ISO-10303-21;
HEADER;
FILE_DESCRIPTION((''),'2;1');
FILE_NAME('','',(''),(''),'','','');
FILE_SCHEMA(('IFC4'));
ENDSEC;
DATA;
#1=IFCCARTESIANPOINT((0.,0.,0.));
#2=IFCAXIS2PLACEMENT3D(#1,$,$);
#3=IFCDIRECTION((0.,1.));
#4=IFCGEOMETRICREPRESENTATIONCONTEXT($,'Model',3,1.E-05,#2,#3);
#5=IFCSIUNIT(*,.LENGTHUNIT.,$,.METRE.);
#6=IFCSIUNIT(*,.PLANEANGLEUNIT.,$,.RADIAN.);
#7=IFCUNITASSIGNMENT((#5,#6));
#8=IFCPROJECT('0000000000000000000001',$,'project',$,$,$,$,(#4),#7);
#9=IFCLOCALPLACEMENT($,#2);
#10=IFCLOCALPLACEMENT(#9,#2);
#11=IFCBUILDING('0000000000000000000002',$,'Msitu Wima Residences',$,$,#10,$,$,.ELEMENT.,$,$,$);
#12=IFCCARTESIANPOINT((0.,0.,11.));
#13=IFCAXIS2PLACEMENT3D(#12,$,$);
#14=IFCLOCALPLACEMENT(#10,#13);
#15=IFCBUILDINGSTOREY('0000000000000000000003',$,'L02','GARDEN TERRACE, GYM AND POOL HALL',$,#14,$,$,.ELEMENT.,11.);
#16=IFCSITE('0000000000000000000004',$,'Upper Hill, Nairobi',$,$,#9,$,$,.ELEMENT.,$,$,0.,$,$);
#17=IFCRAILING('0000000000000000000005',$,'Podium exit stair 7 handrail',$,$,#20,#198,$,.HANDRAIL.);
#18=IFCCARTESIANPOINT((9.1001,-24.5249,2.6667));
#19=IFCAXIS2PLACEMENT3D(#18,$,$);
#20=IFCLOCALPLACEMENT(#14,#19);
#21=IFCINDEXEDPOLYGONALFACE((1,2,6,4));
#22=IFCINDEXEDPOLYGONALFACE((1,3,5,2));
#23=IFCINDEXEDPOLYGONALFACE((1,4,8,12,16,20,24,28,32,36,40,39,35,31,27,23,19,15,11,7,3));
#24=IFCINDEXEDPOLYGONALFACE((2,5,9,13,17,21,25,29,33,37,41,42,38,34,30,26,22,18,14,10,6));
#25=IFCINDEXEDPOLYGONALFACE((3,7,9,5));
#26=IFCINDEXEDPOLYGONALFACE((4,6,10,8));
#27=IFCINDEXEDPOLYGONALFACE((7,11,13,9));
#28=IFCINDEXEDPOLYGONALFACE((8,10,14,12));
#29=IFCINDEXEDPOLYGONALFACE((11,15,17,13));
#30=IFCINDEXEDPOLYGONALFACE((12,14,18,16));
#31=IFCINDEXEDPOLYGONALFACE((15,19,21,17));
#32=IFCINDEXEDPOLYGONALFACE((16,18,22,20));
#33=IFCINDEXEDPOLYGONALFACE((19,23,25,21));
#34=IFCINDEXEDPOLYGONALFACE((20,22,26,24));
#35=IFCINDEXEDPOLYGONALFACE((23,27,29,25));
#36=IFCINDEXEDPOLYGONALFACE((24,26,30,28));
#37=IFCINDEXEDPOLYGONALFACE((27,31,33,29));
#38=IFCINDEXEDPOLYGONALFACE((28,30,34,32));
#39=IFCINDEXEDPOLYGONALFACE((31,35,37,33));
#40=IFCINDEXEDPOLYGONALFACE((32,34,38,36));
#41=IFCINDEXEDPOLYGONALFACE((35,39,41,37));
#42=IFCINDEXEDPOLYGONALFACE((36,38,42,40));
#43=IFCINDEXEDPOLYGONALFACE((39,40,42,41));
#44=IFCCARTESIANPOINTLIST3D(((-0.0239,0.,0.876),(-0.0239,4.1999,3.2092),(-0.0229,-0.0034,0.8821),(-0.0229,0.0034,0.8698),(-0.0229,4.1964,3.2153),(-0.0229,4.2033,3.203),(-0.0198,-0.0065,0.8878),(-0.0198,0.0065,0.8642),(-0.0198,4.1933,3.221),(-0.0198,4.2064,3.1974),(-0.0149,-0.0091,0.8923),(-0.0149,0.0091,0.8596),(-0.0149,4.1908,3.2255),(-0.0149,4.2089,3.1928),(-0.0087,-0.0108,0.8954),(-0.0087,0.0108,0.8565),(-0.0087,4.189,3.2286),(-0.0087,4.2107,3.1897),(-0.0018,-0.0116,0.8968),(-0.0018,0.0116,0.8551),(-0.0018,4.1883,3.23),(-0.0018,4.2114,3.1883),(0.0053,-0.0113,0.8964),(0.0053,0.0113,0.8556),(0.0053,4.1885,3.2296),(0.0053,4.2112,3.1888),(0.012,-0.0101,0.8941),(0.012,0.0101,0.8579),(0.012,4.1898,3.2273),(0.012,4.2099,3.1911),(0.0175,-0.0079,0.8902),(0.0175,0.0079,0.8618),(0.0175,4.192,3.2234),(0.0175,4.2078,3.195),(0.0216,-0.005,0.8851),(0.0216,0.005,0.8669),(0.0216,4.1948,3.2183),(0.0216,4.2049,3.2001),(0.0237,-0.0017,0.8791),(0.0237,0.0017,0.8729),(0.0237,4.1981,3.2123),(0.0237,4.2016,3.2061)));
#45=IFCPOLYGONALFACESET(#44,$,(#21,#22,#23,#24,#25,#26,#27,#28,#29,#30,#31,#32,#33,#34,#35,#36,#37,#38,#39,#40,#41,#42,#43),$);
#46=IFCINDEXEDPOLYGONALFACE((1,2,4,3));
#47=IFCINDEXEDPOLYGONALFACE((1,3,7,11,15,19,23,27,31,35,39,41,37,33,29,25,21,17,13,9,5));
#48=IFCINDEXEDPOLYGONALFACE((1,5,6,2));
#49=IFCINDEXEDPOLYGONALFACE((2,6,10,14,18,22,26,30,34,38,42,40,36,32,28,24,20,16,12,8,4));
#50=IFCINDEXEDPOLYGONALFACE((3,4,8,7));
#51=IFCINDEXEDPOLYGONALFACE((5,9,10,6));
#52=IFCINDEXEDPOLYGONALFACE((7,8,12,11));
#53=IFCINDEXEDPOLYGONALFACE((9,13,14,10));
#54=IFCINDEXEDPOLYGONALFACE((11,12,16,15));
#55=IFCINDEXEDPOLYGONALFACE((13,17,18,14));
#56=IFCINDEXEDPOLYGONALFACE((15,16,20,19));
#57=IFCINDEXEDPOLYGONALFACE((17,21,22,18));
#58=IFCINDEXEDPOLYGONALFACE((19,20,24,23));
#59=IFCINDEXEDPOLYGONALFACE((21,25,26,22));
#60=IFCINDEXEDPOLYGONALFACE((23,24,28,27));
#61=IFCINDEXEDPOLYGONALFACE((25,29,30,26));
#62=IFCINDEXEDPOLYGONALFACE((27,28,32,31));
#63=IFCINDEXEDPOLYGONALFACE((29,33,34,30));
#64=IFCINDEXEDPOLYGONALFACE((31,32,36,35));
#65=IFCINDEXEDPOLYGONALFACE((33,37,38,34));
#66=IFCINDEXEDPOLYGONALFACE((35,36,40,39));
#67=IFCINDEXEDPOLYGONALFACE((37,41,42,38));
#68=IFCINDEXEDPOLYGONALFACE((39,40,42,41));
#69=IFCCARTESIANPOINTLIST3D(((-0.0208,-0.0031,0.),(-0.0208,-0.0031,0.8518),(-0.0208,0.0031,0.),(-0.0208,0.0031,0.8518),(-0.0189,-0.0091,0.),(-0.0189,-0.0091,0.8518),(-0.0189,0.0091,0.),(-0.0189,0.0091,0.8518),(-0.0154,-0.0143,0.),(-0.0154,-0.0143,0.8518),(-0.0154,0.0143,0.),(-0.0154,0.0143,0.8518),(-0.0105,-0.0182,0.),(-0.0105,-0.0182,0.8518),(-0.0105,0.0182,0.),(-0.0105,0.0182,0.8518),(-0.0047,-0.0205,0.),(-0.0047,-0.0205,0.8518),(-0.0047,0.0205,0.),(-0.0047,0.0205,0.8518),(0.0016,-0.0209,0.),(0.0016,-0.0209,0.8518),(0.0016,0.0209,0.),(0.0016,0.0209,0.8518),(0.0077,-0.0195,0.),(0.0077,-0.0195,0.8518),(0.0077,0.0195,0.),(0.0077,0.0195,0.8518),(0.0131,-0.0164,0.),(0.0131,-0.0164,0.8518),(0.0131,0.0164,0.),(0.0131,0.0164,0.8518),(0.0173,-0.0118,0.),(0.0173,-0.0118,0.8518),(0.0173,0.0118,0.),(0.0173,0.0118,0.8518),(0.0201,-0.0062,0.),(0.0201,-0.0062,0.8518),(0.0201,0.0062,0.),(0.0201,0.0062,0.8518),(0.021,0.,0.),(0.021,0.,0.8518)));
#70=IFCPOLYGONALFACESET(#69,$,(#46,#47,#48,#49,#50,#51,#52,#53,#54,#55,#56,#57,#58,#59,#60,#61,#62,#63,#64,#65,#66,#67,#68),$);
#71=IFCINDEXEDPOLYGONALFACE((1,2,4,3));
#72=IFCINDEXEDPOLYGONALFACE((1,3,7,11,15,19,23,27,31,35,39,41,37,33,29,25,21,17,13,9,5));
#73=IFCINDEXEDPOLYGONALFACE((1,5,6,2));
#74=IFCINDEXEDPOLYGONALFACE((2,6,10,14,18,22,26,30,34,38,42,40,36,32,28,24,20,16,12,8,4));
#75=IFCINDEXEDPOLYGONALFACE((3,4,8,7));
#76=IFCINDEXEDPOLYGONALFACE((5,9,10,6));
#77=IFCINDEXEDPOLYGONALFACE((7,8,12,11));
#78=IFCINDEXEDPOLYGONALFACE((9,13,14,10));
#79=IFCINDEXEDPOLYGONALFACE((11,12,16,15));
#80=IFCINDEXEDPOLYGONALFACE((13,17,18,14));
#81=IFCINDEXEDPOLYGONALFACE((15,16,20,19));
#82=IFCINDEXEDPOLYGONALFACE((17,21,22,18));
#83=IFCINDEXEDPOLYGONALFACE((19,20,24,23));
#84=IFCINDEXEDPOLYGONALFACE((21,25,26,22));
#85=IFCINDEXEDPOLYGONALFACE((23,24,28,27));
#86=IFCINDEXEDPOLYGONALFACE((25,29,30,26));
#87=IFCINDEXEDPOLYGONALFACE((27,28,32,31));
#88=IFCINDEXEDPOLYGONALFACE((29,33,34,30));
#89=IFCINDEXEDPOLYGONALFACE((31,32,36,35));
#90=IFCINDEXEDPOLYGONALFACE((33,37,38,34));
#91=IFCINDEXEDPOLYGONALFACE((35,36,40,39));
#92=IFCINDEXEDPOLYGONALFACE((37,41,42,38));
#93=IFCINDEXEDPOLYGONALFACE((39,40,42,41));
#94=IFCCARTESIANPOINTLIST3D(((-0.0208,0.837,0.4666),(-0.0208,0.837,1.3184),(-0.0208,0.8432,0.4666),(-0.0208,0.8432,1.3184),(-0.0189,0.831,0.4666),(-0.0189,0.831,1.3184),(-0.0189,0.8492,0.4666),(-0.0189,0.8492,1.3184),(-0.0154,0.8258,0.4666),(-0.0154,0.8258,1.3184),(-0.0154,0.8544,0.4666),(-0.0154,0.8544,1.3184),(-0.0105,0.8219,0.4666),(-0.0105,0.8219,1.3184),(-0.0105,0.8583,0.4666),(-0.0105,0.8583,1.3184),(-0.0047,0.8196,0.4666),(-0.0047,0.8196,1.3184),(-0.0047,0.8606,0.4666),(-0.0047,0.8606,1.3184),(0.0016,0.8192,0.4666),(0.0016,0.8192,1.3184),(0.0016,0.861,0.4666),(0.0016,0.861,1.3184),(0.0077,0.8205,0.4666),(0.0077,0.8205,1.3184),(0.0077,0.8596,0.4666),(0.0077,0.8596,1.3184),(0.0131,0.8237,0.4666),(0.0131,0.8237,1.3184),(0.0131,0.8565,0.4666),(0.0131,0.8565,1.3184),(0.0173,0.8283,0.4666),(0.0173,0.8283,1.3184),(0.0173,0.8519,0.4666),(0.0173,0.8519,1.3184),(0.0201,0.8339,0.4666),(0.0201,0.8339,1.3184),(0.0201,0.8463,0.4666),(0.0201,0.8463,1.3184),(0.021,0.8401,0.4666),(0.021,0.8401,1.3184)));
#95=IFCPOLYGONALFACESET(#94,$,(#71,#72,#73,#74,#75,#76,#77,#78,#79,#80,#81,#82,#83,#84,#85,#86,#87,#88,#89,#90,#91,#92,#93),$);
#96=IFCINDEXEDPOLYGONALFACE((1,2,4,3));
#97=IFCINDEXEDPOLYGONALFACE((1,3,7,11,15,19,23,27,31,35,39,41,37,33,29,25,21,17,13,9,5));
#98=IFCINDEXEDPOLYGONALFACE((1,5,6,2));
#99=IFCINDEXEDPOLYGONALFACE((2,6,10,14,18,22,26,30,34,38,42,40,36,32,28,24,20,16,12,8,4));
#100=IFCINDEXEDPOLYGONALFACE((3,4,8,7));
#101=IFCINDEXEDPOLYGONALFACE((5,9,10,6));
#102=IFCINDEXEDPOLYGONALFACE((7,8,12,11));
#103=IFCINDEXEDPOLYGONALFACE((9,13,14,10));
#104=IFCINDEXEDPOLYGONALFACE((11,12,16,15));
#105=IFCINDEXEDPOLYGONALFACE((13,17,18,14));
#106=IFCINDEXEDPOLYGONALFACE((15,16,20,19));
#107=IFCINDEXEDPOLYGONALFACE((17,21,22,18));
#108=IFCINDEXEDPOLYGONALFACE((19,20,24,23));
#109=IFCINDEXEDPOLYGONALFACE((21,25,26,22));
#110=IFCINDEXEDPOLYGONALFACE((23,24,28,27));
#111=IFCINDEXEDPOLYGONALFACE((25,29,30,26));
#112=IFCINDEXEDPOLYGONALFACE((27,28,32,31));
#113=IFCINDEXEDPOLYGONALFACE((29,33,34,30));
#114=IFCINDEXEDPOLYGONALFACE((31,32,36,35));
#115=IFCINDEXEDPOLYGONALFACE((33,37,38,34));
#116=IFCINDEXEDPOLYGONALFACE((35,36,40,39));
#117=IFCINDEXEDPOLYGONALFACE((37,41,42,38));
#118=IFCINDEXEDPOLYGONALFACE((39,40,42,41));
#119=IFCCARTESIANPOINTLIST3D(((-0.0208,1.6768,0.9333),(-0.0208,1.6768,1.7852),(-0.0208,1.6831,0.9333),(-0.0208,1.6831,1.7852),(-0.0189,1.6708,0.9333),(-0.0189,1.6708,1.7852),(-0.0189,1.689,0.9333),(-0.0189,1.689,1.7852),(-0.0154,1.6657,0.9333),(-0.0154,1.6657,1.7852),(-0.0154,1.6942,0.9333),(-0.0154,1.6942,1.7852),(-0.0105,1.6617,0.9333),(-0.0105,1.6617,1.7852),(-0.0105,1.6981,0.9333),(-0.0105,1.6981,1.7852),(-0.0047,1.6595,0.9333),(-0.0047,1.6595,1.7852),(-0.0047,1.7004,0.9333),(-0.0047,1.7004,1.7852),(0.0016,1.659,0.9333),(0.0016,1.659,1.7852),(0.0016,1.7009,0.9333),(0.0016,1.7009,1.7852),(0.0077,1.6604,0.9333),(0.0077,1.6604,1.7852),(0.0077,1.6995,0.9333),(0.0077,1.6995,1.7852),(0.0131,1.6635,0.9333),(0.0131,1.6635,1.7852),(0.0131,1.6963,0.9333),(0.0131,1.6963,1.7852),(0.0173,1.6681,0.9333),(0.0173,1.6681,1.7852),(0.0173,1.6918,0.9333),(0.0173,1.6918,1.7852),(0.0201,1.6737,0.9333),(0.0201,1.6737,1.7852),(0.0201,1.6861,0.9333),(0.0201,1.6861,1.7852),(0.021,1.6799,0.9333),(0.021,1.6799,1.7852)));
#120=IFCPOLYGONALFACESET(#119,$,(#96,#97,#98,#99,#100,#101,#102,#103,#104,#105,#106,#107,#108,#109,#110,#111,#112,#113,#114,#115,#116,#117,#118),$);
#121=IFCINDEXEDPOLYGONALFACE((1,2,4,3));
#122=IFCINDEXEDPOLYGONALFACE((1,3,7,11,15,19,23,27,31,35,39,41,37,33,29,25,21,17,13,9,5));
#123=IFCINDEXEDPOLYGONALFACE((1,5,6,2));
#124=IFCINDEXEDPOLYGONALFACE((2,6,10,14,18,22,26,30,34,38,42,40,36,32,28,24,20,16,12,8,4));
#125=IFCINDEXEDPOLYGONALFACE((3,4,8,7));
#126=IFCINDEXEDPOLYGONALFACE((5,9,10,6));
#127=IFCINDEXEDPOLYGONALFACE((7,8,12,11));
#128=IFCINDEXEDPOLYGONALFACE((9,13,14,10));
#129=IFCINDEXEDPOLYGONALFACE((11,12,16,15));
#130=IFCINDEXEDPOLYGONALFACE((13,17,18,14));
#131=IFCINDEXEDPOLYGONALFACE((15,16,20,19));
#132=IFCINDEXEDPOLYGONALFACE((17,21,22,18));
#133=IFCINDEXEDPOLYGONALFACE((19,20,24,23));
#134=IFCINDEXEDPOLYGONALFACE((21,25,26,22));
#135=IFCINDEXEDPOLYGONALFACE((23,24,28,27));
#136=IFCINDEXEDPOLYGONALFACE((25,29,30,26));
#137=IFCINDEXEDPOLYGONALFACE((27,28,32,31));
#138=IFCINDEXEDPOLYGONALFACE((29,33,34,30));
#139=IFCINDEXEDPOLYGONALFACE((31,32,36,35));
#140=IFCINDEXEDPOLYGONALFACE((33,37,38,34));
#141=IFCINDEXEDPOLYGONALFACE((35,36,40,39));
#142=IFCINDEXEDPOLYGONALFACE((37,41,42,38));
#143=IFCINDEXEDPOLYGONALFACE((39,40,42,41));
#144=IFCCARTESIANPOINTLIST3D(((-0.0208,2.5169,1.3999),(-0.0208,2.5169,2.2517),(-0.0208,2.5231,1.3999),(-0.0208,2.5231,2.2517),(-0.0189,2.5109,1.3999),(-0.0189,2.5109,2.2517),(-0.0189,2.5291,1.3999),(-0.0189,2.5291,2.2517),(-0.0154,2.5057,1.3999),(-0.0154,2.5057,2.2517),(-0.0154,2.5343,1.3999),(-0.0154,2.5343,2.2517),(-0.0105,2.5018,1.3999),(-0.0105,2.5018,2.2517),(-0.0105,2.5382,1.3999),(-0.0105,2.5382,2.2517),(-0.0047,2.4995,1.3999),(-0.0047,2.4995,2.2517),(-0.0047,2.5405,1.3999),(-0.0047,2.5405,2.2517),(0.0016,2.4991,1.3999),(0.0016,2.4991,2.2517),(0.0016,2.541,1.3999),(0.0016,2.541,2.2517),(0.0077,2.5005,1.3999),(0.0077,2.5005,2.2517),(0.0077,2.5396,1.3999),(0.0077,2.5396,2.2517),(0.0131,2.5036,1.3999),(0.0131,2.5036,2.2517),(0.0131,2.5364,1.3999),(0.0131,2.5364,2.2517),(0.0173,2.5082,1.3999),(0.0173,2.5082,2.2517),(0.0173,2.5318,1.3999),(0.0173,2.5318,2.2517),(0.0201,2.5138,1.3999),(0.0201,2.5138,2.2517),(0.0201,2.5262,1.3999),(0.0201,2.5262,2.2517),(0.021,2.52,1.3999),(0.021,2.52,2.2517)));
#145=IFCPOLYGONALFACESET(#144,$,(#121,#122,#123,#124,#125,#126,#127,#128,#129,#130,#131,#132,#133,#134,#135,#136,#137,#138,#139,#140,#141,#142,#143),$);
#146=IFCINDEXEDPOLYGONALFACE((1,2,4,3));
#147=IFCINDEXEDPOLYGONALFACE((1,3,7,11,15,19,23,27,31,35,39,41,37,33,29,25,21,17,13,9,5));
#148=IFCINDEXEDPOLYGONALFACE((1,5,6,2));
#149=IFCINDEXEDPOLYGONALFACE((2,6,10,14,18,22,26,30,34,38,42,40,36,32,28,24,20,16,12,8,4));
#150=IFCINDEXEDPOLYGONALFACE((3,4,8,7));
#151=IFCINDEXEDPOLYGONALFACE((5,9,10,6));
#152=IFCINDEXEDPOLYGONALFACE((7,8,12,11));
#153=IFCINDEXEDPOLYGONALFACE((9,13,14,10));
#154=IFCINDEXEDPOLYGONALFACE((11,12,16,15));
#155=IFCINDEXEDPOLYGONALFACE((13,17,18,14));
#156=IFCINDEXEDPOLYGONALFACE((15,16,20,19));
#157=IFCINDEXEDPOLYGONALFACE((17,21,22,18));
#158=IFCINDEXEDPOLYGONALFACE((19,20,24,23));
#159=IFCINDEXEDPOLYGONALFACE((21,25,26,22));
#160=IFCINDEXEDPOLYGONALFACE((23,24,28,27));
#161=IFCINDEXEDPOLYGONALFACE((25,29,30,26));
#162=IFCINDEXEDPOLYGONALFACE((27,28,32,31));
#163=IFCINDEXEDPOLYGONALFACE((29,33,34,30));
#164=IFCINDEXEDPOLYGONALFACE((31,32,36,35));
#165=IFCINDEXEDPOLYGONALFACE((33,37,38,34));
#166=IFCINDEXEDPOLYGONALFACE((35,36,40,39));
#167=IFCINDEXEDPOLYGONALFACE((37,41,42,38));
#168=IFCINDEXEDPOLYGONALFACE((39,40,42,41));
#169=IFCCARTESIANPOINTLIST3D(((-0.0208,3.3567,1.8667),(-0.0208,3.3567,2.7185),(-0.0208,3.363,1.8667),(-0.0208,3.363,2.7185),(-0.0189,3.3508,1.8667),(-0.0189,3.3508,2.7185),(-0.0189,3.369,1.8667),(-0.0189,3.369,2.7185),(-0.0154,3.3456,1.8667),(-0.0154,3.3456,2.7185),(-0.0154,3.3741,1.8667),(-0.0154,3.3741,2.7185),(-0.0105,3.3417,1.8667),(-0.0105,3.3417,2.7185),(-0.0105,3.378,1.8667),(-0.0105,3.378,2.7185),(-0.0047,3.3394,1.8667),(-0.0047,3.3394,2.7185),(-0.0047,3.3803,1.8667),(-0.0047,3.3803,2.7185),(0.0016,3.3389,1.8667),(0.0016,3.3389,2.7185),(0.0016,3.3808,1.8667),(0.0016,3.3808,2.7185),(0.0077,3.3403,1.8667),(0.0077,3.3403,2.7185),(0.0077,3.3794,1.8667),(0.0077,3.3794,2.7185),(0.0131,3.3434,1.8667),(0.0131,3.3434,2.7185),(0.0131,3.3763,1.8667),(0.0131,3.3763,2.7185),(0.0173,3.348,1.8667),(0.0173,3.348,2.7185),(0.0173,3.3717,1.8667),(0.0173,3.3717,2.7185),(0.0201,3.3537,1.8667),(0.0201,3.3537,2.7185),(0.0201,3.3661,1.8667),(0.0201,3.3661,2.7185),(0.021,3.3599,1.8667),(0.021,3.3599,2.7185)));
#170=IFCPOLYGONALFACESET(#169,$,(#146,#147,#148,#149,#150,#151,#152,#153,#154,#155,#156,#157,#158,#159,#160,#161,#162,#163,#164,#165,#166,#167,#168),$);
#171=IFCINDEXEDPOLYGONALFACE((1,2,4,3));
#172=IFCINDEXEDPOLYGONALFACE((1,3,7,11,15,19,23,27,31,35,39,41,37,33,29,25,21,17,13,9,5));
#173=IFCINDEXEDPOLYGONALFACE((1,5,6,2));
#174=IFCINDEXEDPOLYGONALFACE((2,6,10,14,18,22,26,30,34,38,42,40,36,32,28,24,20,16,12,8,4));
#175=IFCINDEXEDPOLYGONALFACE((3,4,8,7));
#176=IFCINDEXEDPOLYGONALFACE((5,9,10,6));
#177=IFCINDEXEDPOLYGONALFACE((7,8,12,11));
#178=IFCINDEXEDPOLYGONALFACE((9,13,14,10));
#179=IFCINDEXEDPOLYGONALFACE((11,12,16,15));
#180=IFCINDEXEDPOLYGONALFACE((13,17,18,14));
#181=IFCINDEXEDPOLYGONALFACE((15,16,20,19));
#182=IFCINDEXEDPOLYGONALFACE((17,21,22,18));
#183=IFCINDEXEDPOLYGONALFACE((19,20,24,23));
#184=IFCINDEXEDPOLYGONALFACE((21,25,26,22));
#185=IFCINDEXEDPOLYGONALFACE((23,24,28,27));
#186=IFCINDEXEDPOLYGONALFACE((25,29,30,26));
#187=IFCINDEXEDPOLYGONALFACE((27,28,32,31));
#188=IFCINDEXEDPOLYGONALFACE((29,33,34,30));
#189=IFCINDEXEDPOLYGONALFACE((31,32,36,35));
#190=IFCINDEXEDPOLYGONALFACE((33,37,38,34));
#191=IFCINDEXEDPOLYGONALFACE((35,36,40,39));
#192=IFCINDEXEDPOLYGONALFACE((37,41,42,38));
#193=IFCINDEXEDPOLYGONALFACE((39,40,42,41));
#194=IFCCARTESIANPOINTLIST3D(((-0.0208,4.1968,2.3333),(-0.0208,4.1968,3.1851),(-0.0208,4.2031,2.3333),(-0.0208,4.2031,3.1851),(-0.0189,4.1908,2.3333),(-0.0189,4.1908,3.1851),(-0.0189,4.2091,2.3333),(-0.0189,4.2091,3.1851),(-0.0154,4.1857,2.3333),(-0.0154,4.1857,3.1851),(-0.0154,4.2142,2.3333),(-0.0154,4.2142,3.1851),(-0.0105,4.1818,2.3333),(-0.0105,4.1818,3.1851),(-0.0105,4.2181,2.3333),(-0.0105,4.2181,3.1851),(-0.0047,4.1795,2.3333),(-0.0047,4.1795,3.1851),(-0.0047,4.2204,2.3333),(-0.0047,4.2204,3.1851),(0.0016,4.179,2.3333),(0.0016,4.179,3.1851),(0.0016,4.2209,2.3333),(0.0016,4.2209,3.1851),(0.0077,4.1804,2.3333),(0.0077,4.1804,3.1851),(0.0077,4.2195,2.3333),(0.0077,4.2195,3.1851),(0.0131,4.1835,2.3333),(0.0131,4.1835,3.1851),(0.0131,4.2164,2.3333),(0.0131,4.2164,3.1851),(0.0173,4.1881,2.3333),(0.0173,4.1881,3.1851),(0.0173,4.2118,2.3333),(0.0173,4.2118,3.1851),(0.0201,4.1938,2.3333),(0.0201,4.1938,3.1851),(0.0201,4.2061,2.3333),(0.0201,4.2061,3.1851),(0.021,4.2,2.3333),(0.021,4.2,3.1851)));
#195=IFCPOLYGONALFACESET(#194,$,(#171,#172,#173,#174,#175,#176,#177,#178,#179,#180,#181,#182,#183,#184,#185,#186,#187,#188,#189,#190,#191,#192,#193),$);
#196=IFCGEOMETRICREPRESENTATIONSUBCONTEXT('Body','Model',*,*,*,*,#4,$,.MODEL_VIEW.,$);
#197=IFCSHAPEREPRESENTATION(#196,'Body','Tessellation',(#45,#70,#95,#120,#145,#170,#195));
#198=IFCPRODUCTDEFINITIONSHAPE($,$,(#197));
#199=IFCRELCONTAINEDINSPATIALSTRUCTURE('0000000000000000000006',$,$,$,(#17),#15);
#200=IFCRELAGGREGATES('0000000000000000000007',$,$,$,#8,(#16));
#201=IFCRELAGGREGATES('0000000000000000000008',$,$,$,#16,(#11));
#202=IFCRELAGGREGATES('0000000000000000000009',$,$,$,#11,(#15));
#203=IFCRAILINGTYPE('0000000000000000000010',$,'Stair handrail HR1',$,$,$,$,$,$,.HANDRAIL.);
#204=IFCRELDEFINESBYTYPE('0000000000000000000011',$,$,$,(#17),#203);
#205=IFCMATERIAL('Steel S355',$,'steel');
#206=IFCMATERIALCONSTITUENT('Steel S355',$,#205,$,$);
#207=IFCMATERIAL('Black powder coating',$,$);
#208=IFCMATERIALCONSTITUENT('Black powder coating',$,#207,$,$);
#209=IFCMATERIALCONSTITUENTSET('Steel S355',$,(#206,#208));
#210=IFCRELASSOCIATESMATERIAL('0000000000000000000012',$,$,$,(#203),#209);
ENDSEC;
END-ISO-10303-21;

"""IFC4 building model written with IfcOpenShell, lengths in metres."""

from ifc_helpers import new_model, si_unit, direction, frame, origin, origin_2d, place, context, subcontext, project, spatial, circle, extrude, material, constituent, constituent_set, type_object, element, save


model = new_model("IFC4")

# Units and contexts
model_context = context("Model", 3, precision=1e-05, world=origin(), true_north=direction((0.0, 1.0)))
body_context = subcontext(model_context, "Body", "Model", "MODEL_VIEW")
ifc_project = project(units=[si_unit("LENGTHUNIT", "METRE"), si_unit("PLANEANGLEUNIT", "RADIAN")], contexts=[model_context])

# Site, building, storey
site_placement = place(None, origin())
site = spatial("IfcSite", under=ifc_project, at=site_placement, Name="Upper Hill, Nairobi", CompositionType="ELEMENT", RefElevation=0.0)
building_placement = place(site_placement, origin())
building = spatial("IfcBuilding", under=site, at=building_placement, Name="Msitu Wima Residences", CompositionType="ELEMENT")
storey_placement = place(building_placement, frame((0.0, 0.0, 11.0)))
storey = spatial("IfcBuildingStorey", under=building, at=storey_placement, Name="L02", Description="GARDEN TERRACE, GYM AND POOL HALL", CompositionType="ELEMENT", Elevation=11.0)

# Railing
ifc_material_1 = material(Name="Steel S355", Category="steel")
ifc_constituent_1 = constituent(ifc_material_1, Name="Steel S355")
ifc_material_2 = material(Name="Black powder coating")
ifc_constituent_2 = constituent(ifc_material_2, Name="Black powder coating")
ifc_constituent_set = constituent_set(constituents=[ifc_constituent_1, ifc_constituent_2], Name="Steel S355")
railing_type = type_object("IfcRailingType", Name="Stair handrail HR1", PredefinedType="HANDRAIL", material=ifc_constituent_set)
for number, where, name in (
    (1, (9.1001, -24.5249, 2.6667), "Podium exit stair 7 handrail"),
):
    element("IfcRailing", number, at=place(storey_placement, frame(where)), inside=storey, type_object=railing_type, Name=name, PredefinedType="HANDRAIL", context=body_context, shape_type="SweptSolid", body=[
        extrude(circle(Radius=0.0239, at=origin_2d()), frame((0.0, 0.0, 0.876), z_axis=(0.0, 0.874162, 0.485634), x_axis=(-1.0, 0.0, 0.0)), (0.0, 0.0, 1.0), 4.8044),
        extrude(circle(Radius=0.021, at=origin_2d()), origin(), (0.0, 0.0, 1.0), 0.8518),
        extrude(circle(Radius=0.021, at=origin_2d()), frame((0.0, 0.8401, 0.4666)), (0.0, 0.0, 1.0), 0.8518),
        extrude(circle(Radius=0.021, at=origin_2d()), frame((0.0, 1.6799, 0.9333)), (0.0, 0.0, 1.0), 0.8518),
        extrude(circle(Radius=0.021, at=origin_2d()), frame((0.0, 2.52, 1.3999)), (0.0, 0.0, 1.0), 0.8518),
        extrude(circle(Radius=0.021, at=origin_2d()), frame((0.0, 3.3599, 1.8667)), (0.0, 0.0, 1.0), 0.8518),
        extrude(circle(Radius=0.021, at=origin_2d()), frame((0.0, 4.2, 2.3333)), (0.0, 0.0, 1.0), 0.8518),
    ])

save(model, "model.ifc")
